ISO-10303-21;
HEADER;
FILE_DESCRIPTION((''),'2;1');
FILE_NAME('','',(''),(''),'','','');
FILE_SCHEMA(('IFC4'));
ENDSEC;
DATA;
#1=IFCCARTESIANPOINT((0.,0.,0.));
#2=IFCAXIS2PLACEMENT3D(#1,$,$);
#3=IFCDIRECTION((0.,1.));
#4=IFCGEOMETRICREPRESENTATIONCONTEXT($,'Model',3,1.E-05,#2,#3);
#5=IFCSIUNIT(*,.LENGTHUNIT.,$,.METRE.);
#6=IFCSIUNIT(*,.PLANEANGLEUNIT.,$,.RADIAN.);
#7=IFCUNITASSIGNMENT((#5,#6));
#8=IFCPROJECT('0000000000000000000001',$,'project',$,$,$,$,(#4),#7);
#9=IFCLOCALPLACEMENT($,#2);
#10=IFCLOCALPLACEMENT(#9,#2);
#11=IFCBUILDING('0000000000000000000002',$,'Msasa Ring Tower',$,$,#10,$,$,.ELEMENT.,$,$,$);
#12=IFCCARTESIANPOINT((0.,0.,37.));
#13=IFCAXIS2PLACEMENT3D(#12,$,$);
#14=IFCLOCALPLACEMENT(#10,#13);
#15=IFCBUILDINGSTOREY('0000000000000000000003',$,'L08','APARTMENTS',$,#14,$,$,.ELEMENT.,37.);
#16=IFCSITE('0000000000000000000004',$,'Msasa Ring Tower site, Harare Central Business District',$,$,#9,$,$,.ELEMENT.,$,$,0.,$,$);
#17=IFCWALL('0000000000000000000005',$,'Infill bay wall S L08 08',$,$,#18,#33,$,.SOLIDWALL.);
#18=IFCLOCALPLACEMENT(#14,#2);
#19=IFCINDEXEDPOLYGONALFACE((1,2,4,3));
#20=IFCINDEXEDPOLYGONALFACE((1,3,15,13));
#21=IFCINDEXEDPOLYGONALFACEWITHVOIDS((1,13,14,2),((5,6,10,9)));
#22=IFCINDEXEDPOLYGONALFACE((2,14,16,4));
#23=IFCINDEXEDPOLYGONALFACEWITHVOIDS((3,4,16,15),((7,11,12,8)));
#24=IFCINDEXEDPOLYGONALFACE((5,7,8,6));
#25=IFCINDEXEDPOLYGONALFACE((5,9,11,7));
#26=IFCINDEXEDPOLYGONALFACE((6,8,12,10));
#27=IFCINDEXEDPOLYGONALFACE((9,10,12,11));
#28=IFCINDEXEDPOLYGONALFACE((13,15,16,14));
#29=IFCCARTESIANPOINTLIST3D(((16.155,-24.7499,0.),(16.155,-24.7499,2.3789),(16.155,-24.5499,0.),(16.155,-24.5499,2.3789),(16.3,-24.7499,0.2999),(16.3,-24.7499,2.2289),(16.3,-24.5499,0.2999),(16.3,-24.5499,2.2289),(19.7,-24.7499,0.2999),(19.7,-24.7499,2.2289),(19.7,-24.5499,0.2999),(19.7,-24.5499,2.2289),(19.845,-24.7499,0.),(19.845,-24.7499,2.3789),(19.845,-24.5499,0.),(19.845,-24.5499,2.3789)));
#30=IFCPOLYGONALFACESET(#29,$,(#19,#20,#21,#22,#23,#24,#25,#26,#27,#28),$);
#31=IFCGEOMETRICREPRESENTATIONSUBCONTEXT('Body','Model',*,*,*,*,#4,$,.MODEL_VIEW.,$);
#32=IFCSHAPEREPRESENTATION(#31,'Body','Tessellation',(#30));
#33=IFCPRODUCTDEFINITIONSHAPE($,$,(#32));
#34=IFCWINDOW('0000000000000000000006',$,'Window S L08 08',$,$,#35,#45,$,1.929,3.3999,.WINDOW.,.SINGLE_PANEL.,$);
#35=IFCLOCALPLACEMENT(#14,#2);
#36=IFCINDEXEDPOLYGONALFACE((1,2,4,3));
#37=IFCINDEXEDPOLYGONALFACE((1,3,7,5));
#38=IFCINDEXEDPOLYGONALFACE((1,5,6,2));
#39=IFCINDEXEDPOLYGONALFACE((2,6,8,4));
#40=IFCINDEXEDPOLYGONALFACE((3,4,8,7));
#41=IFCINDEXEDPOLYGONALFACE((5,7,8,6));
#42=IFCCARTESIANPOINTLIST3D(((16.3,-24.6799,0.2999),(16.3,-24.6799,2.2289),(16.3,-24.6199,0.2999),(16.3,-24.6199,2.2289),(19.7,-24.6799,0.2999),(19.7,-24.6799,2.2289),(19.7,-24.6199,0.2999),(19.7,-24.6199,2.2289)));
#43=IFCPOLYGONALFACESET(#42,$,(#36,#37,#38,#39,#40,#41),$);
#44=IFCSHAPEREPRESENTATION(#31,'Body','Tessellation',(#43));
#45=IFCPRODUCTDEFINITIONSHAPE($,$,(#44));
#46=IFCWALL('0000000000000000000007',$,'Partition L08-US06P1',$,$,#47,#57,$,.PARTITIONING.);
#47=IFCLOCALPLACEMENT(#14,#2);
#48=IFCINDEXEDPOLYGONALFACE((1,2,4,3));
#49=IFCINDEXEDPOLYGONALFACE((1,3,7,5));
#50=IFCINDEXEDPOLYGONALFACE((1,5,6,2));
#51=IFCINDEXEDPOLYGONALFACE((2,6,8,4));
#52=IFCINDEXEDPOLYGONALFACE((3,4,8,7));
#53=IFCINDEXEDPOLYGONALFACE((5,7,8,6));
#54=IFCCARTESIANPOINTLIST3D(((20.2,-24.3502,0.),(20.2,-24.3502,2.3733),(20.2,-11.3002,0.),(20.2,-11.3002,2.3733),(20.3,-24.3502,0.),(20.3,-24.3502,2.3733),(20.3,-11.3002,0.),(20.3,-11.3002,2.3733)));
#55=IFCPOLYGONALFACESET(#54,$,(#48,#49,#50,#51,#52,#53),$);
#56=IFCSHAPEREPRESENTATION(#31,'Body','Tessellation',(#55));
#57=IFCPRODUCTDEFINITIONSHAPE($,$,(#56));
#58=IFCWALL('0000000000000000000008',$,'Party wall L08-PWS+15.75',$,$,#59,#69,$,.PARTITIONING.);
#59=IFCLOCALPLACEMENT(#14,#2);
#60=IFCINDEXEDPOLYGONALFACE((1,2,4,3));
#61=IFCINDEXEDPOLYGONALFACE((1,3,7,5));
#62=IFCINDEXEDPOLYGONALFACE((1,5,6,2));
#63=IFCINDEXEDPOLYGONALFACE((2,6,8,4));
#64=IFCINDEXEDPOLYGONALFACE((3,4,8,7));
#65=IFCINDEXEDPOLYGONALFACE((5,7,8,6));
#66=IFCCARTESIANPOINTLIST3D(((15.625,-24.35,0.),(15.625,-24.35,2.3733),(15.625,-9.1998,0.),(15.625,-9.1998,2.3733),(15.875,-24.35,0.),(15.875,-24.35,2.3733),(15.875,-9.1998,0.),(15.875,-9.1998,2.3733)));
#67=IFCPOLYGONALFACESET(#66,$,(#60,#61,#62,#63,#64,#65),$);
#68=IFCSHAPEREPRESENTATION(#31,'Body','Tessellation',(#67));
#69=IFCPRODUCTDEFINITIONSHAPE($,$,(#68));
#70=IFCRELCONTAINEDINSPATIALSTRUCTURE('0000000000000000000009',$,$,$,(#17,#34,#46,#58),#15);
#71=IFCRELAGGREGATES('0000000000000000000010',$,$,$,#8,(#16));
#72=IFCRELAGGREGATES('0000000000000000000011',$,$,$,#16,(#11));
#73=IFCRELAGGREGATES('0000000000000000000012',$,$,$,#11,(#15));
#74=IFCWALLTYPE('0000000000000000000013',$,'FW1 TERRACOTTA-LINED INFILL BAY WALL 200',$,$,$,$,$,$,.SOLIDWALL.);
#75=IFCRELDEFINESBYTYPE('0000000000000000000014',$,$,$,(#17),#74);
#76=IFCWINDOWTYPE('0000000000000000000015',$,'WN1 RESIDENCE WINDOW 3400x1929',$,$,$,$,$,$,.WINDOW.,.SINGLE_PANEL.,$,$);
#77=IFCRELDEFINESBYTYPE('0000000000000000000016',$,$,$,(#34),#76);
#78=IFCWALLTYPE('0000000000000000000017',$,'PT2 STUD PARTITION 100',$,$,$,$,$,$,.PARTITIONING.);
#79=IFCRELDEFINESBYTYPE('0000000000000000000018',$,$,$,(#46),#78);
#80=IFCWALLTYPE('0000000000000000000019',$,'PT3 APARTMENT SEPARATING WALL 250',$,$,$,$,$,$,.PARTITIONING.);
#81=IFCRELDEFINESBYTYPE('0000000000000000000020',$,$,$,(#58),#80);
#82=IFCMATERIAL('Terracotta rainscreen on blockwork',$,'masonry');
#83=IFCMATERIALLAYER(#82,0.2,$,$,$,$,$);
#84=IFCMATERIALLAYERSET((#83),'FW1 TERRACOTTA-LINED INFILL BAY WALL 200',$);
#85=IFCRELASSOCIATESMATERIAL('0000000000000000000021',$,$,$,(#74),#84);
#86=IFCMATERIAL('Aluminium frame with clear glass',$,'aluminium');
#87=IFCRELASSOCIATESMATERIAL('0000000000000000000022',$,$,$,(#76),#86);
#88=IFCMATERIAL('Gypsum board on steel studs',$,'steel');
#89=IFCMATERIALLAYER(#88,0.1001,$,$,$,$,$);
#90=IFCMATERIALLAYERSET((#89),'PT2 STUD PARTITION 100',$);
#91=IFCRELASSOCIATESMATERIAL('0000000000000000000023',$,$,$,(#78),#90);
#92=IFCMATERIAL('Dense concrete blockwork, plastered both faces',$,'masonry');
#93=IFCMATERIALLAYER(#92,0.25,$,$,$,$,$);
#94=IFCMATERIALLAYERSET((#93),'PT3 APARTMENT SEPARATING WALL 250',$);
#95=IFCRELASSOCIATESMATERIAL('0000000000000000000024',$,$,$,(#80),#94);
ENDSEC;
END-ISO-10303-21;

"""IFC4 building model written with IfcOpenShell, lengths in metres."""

from ifc_helpers import new_model, si_unit, direction, frame, frame_2d, origin, place, context, subcontext, project, spatial, rectangle, extrude, material, layer, layer_set, type_object, element, fill, save


model = new_model("IFC4")

# Units and contexts
model_context = context("Model", 3, precision=1e-05, world=origin(), true_north=direction((0.0, 1.0)))
body_context = subcontext(model_context, "Body", "Model", "MODEL_VIEW")
ifc_project = project(units=[si_unit("LENGTHUNIT", "METRE"), si_unit("PLANEANGLEUNIT", "RADIAN")], contexts=[model_context])

# Site, building, storey
site_placement = place(None, origin())
site = spatial("IfcSite", under=ifc_project, at=site_placement, Name="Msasa Ring Tower site, Harare Central Business District", CompositionType="ELEMENT", RefElevation=0.0)
building_placement = place(site_placement, origin())
building = spatial("IfcBuilding", under=site, at=building_placement, Name="Msasa Ring Tower", CompositionType="ELEMENT")
storey_placement = place(building_placement, frame((0.0, 0.0, 37.0)))
storey = spatial("IfcBuildingStorey", under=building, at=storey_placement, Name="L08", Description="APARTMENTS", CompositionType="ELEMENT", Elevation=37.0)

# Wall, opening, window
ifc_material_1 = material(Name="Terracotta rainscreen on blockwork", Category="masonry")
ifc_layer_1 = layer(ifc_material_1, 0.2)
ifc_layer_set_1 = layer_set([ifc_layer_1], Name="FW1 TERRACOTTA-LINED INFILL BAY WALL 200")
wall_type_1 = type_object("IfcWallType", Name="FW1 TERRACOTTA-LINED INFILL BAY WALL 200", PredefinedType="SOLIDWALL", material=ifc_layer_set_1)
wall_1_placement = place(storey_placement, frame((16.155, -24.6499, 0.0), z_axis=(0.0, 0.0, 1.0), x_axis=(1.0, 0.0, 0.0)))
wall_1 = element("IfcWall", 1, at=wall_1_placement, inside=storey, type_object=wall_type_1, Name="Infill bay wall S L08 08", PredefinedType="SOLIDWALL", context=body_context, shape_type="SweptSolid", body=[
    extrude(rectangle(XDim=3.6899, YDim=0.2, at=frame_2d((1.845, 0.0))), origin(), (0.0, 0.0, 1.0), 2.3789),
])
opening_placement = place(wall_1_placement, frame((0.145, 0.0, 0.3)))
opening = element("IfcOpeningElement", 2, at=opening_placement, cuts=wall_1, PredefinedType="OPENING", context=body_context, shape_type="SweptSolid", body=[
    extrude(rectangle(XDim=3.3999, YDim=1.929, at=frame_2d((1.7, 0.9644))), frame((0.0, 0.1099, 0.0), z_axis=(0.0, -1.0, 0.0), x_axis=(1.0, 0.0, 0.0)), (0.0, 0.0, 1.0), 0.22),
])
ifc_material_2 = material(Name="Aluminium frame with clear glass", Category="aluminium")
window_type = type_object("IfcWindowType", Name="WN1 RESIDENCE WINDOW 3400x1929", PartitioningType="SINGLE_PANEL", PredefinedType="WINDOW", material=ifc_material_2)
window_placement = place(opening_placement, origin())
window = element("IfcWindow", 3, at=window_placement, inside=storey, type_object=window_type, Name="Window S L08 08", OverallHeight=1.929, OverallWidth=3.3999, PartitioningType="SINGLE_PANEL", PredefinedType="WINDOW", context=body_context, shape_type="SweptSolid", body=[
    extrude(rectangle(XDim=3.3999, YDim=1.929, at=frame_2d((1.7, 0.9644))), frame((0.0, 0.03, 0.0), z_axis=(0.0, -1.0, 0.0), x_axis=(1.0, 0.0, 0.0)), (0.0, 0.0, 1.0), 0.0601),
])
fill(opening, window)

# Walls
ifc_material_3 = material(Name="Gypsum board on steel studs", Category="steel")
ifc_layer_2 = layer(ifc_material_3, 0.1001)
ifc_layer_set_2 = layer_set([ifc_layer_2], Name="PT2 STUD PARTITION 100")
wall_type_2 = type_object("IfcWallType", Name="PT2 STUD PARTITION 100", PredefinedType="PARTITIONING", material=ifc_layer_set_2)
wall_2_placement = place(storey_placement, frame((20.25, -24.3501, 0.0), z_axis=(0.0, 0.0, 1.0), x_axis=(0.0, 1.0, 0.0)))
element("IfcWall", 4, at=wall_2_placement, inside=storey, type_object=wall_type_2, Name="Partition L08-US06P1", PredefinedType="PARTITIONING", context=body_context, shape_type="SweptSolid", body=[
    extrude(rectangle(XDim=13.05, YDim=0.1001, at=frame_2d((6.5249, 0.0))), origin(), (0.0, 0.0, 1.0), 2.3733),
])
ifc_material_4 = material(Name="Dense concrete blockwork, plastered both faces", Category="masonry")
ifc_layer_3 = layer(ifc_material_4, 0.25)
ifc_layer_set_3 = layer_set([ifc_layer_3], Name="PT3 APARTMENT SEPARATING WALL 250")
wall_type_3 = type_object("IfcWallType", Name="PT3 APARTMENT SEPARATING WALL 250", PredefinedType="PARTITIONING", material=ifc_layer_set_3)
wall_3_placement = place(storey_placement, frame((15.75, -24.3501, 0.0), z_axis=(0.0, 0.0, 1.0), x_axis=(0.0, 1.0, 0.0)))
element("IfcWall", 5, at=wall_3_placement, inside=storey, type_object=wall_type_3, Name="Party wall L08-PWS+15.75", PredefinedType="PARTITIONING", context=body_context, shape_type="SweptSolid", body=[
    extrude(rectangle(XDim=15.1501, YDim=0.25, at=frame_2d((7.5752, 0.0))), origin(), (0.0, 0.0, 1.0), 2.3733),
])

save(model, "model.ifc")
